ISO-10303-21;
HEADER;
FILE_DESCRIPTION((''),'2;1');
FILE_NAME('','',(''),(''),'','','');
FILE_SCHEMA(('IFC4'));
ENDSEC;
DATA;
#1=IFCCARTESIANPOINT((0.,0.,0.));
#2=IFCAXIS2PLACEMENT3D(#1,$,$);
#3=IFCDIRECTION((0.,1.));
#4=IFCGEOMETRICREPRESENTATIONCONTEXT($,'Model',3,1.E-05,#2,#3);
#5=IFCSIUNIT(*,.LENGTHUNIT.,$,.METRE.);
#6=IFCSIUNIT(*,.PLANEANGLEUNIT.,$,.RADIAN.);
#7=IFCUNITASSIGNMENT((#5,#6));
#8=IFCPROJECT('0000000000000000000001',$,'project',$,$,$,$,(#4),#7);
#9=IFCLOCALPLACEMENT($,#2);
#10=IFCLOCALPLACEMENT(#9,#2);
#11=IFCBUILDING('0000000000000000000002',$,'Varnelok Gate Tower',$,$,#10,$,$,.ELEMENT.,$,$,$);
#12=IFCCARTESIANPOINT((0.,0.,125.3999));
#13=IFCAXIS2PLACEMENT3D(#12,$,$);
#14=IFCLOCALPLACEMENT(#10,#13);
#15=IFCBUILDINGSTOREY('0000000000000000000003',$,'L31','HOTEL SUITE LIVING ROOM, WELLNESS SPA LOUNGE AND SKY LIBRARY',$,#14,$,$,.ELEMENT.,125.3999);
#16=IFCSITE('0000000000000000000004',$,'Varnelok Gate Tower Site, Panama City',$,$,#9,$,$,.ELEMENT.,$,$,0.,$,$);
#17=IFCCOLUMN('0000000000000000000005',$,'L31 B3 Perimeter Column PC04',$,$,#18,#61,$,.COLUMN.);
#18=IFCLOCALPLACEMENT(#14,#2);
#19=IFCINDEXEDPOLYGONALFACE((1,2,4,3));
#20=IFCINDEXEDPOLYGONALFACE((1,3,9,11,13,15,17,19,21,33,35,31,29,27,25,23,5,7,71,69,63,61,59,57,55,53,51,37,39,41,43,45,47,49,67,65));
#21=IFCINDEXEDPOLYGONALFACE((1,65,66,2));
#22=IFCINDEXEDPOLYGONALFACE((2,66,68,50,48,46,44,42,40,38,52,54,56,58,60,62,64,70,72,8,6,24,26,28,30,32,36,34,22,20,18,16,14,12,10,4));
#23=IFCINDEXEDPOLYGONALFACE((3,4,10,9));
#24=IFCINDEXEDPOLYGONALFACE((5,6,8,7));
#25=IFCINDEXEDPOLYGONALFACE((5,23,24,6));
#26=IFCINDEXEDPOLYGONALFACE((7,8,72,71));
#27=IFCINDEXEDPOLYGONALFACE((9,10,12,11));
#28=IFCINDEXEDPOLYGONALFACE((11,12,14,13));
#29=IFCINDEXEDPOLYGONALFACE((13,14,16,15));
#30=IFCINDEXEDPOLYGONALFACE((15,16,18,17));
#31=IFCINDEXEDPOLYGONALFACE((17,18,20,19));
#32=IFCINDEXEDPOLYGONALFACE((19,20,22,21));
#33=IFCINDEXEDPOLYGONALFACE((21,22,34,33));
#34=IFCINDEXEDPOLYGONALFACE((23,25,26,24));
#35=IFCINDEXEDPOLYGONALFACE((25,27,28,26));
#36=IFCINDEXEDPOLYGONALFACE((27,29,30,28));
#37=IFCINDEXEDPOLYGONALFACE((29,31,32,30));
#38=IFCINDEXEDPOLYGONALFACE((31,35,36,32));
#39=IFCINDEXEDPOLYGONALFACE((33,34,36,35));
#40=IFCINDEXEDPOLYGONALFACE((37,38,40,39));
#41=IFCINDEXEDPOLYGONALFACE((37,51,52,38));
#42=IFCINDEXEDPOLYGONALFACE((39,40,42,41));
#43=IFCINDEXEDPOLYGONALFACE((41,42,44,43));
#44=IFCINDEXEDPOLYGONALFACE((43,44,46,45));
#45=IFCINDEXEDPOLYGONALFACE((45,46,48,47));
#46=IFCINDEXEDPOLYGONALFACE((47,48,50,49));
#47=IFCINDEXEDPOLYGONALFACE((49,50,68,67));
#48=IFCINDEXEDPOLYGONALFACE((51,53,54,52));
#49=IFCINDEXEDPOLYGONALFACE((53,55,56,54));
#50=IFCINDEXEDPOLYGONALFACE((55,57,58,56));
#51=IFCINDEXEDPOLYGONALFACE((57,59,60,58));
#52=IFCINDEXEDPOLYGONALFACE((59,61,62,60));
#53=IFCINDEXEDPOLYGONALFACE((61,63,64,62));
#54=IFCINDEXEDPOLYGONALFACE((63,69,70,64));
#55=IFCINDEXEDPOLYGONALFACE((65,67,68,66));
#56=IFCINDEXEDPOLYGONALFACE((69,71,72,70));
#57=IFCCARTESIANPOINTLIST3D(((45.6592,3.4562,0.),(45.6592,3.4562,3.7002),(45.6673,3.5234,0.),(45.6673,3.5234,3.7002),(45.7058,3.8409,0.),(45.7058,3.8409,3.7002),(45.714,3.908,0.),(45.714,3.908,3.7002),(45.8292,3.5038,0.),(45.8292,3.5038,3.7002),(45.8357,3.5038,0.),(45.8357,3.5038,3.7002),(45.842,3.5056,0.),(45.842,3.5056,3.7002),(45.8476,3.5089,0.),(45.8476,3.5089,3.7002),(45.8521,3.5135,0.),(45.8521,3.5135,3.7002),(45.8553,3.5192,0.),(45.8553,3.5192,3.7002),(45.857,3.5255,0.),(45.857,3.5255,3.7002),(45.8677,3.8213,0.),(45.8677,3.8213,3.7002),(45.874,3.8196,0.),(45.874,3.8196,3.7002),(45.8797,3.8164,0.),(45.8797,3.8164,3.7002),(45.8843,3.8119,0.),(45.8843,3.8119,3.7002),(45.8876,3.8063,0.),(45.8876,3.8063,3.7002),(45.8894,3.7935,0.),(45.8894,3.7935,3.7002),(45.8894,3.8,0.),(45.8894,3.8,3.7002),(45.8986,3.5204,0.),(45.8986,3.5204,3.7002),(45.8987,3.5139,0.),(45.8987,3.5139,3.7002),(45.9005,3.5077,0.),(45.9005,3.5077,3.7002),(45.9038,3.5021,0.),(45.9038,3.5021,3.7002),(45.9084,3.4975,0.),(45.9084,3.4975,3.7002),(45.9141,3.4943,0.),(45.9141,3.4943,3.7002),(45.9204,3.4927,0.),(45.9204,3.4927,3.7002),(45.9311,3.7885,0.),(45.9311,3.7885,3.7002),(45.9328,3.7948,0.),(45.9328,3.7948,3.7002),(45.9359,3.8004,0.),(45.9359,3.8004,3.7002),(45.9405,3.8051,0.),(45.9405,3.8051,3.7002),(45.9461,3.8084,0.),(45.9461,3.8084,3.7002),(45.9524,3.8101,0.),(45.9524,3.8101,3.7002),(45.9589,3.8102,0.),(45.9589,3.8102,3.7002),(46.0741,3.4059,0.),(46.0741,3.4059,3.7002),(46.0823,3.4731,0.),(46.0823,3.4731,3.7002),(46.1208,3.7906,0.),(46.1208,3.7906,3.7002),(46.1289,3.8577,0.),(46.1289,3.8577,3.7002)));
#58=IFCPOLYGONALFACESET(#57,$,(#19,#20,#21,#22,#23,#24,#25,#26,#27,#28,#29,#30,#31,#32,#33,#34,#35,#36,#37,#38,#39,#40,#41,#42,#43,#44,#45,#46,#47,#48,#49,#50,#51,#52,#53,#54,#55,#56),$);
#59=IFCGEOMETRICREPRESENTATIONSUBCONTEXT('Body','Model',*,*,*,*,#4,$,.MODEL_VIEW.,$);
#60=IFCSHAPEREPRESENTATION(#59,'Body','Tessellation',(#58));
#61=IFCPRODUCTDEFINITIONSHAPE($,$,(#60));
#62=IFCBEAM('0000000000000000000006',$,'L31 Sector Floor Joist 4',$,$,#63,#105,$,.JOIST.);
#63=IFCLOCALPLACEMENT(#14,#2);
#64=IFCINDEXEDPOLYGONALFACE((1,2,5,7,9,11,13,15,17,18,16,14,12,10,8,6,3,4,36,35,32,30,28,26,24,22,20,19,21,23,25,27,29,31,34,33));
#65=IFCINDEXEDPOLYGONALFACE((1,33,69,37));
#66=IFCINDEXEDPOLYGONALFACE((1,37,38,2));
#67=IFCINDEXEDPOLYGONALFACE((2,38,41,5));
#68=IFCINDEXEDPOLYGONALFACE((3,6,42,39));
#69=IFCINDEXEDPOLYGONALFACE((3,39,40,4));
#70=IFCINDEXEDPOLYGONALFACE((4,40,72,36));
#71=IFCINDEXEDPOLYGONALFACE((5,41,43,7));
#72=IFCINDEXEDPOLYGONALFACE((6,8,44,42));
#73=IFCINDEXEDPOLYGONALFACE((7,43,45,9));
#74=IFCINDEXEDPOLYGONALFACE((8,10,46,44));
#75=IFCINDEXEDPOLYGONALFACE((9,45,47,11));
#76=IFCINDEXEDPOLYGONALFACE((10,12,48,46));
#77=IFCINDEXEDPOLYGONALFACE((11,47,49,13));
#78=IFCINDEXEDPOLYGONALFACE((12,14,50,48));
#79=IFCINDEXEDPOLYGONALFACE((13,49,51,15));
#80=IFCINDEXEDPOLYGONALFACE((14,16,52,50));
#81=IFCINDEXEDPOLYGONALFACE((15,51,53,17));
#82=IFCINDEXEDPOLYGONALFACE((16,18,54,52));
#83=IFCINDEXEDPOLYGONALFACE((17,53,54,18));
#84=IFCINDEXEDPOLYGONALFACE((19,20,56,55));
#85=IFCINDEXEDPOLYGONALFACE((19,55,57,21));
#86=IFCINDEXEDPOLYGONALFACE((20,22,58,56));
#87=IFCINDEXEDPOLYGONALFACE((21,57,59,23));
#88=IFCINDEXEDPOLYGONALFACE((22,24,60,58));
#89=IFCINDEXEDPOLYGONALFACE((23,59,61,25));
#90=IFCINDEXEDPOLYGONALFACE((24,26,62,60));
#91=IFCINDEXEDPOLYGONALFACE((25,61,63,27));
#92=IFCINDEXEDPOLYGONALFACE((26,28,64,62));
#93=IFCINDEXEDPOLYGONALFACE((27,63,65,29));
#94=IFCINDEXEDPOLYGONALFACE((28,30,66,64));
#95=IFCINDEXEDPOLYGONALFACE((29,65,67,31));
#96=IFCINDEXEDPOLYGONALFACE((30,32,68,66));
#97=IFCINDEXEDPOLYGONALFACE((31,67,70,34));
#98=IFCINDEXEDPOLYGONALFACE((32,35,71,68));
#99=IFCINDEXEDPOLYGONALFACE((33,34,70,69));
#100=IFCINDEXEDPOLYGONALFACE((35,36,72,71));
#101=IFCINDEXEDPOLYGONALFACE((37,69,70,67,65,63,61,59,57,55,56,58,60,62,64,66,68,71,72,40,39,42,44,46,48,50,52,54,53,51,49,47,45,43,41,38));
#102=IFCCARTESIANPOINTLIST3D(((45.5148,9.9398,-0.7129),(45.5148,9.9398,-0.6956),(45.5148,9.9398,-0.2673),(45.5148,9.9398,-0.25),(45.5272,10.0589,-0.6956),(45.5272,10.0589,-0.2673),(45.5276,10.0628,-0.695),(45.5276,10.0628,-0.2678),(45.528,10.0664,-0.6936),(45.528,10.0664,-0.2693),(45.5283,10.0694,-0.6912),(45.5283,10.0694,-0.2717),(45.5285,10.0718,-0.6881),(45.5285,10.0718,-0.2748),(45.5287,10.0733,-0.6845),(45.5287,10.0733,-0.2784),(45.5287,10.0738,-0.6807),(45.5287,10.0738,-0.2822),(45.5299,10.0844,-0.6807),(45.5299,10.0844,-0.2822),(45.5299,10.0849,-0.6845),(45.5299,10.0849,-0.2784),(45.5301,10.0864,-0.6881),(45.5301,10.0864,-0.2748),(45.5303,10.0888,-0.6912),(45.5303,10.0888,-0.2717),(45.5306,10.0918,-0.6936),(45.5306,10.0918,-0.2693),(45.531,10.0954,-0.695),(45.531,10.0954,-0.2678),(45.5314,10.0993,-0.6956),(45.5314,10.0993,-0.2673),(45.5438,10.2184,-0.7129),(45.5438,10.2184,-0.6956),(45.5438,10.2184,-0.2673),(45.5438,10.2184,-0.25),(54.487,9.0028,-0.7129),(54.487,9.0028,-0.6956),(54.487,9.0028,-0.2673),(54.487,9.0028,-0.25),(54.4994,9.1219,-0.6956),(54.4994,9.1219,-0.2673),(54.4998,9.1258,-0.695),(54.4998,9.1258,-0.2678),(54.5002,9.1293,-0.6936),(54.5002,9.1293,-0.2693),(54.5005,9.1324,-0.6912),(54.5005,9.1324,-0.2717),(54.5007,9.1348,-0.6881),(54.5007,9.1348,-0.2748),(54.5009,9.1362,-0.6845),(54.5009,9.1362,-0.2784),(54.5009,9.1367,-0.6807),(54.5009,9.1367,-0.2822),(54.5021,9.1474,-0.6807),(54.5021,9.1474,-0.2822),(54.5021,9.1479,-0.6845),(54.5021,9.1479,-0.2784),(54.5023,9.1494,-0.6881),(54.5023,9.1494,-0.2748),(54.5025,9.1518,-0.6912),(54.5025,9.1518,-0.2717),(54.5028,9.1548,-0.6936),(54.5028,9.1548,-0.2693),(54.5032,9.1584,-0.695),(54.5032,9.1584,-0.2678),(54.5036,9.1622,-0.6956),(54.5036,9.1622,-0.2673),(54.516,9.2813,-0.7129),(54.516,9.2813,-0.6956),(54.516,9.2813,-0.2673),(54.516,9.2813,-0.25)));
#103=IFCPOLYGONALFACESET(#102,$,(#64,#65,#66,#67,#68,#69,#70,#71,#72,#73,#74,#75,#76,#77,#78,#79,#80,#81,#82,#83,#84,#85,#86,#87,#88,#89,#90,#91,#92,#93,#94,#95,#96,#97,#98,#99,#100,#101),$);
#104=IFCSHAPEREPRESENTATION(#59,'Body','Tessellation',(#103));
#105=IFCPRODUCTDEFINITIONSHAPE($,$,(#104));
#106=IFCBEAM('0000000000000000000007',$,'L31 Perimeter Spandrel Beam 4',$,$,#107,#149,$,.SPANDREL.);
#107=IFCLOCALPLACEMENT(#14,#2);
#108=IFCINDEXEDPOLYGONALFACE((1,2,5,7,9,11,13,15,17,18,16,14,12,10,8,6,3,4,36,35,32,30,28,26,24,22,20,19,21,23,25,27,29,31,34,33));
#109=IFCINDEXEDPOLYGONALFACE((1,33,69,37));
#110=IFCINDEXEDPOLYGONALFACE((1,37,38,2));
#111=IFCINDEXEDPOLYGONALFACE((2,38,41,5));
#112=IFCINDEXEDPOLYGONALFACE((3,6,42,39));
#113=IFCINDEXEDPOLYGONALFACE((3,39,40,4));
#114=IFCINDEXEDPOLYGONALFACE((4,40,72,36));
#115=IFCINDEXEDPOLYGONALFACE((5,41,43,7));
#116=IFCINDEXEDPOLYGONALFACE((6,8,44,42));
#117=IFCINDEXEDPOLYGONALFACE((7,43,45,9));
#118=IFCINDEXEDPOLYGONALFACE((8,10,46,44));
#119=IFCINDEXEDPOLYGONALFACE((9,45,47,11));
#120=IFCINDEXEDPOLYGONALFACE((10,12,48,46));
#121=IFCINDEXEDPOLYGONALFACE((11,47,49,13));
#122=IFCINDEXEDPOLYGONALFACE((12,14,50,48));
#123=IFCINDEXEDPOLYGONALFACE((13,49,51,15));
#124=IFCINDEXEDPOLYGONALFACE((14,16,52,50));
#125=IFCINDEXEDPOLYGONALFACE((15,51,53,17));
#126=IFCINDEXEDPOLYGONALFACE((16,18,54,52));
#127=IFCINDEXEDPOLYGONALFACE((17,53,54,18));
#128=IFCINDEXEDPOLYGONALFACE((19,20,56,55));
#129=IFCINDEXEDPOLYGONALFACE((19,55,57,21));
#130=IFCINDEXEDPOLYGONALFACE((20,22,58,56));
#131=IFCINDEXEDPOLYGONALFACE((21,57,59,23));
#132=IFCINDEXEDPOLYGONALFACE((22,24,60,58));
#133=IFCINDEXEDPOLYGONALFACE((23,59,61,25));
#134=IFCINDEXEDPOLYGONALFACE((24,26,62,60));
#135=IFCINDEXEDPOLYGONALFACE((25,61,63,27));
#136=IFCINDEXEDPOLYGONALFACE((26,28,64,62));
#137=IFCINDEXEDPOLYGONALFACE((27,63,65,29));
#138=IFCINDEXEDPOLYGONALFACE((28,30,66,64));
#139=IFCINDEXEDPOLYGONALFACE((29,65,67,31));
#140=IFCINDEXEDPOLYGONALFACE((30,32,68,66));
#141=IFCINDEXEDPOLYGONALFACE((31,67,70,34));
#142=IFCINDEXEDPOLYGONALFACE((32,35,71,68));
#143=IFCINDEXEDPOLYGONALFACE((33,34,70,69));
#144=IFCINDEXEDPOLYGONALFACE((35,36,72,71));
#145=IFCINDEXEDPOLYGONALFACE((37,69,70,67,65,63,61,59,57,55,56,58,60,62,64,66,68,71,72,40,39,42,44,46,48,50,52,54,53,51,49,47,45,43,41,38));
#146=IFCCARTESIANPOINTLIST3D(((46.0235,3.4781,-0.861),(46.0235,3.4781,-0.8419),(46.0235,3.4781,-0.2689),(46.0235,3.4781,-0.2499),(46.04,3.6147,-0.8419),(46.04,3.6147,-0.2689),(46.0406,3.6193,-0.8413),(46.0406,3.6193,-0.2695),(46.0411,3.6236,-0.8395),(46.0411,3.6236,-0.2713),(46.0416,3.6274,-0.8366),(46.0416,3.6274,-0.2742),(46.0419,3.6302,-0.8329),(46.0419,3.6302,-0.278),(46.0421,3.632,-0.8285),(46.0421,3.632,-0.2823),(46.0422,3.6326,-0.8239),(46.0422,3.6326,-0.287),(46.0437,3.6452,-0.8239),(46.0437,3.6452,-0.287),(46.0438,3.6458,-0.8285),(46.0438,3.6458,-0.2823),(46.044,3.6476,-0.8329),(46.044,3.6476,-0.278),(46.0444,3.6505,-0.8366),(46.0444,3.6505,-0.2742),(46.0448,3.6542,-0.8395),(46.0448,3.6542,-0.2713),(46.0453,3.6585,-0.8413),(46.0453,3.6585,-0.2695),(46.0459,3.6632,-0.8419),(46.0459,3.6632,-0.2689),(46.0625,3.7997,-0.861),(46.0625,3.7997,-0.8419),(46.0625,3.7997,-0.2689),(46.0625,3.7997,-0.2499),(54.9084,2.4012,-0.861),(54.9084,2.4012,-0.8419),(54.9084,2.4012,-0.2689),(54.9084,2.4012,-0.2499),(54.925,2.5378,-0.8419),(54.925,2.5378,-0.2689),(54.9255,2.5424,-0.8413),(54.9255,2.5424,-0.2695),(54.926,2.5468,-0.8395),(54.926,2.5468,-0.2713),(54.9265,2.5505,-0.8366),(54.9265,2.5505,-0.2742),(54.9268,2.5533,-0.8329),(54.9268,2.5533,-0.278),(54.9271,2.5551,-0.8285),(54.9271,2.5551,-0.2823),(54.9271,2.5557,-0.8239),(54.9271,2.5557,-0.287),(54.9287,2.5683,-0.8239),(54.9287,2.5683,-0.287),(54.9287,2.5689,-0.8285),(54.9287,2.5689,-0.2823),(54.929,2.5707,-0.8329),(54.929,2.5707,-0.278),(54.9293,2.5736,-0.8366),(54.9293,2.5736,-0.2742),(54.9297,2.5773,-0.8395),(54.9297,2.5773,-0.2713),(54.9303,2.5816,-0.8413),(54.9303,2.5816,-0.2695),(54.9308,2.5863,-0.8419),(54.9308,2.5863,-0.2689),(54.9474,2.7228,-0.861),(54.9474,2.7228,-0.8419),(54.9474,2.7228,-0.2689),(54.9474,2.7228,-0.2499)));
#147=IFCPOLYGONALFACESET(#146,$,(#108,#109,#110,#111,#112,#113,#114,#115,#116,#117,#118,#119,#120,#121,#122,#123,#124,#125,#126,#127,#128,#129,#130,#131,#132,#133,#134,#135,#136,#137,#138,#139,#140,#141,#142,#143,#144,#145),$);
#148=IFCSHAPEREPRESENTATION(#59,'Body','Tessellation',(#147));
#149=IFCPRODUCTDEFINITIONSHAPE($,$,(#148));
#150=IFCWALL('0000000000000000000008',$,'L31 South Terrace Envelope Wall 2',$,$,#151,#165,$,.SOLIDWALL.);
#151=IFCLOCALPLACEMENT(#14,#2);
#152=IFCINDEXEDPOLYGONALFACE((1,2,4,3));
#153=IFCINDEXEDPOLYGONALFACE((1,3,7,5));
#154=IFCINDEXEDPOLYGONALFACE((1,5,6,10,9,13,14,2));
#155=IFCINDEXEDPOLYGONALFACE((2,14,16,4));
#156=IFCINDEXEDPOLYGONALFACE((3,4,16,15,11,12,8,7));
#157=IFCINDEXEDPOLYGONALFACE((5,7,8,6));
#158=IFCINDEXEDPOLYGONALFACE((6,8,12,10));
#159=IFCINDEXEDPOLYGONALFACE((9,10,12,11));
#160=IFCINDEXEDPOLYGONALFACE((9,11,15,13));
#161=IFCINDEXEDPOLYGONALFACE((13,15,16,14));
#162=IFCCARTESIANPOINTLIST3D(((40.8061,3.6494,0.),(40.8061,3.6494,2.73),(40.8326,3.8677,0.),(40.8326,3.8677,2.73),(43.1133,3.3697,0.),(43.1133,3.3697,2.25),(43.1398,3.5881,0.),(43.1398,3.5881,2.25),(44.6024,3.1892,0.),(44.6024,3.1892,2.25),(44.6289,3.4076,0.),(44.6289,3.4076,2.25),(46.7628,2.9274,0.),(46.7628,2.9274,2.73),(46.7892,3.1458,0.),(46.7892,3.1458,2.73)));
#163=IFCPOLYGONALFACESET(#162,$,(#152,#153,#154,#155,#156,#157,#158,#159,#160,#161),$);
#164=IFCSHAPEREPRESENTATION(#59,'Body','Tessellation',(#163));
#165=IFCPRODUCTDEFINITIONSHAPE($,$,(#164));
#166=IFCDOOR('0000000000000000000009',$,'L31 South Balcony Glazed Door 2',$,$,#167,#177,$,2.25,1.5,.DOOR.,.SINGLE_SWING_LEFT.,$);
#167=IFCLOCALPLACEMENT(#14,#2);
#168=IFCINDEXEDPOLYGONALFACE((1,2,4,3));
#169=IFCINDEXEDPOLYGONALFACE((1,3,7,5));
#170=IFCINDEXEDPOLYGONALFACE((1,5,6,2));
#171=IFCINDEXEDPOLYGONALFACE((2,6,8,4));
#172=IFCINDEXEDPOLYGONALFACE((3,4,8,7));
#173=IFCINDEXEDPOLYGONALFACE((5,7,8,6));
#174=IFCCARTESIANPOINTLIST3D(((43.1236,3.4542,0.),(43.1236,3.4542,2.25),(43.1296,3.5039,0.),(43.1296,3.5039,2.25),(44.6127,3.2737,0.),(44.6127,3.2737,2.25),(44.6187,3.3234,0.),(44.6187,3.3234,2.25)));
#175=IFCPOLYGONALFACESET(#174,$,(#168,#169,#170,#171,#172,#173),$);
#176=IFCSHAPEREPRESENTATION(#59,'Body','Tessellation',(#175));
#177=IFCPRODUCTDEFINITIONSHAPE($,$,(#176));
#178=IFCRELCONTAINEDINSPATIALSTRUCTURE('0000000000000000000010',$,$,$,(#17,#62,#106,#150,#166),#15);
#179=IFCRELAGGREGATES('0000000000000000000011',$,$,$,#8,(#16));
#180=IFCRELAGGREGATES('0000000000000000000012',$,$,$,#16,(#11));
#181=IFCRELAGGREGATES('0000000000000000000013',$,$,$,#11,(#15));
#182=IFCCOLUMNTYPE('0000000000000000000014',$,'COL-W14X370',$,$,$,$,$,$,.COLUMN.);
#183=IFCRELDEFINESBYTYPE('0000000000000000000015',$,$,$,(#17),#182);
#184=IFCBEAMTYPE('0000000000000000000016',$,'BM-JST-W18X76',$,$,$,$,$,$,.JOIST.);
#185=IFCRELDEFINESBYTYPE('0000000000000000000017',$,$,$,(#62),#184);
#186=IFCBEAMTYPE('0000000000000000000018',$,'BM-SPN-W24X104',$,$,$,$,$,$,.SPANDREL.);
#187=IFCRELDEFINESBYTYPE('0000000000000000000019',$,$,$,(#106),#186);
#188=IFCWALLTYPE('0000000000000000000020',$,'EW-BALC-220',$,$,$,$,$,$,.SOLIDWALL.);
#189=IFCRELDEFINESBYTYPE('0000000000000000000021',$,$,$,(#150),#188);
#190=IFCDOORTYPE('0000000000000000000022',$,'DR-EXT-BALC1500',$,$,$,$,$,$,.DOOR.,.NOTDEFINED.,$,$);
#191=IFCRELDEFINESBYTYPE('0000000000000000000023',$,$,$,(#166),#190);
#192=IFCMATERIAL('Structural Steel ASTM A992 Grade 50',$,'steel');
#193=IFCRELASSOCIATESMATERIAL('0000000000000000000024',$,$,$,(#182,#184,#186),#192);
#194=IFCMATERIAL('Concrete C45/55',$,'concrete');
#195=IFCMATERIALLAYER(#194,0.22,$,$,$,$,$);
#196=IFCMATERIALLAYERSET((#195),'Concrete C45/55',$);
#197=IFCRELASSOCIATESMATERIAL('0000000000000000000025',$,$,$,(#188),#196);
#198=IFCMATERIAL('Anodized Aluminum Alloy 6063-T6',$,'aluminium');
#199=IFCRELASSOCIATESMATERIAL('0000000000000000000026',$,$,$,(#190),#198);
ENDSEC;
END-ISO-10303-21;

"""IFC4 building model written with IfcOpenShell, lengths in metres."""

from ifc_helpers import new_model, si_unit, direction, frame, frame_2d, origin, origin_2d, place, context, subcontext, project, spatial, rectangle, i_section, extrude, material, layer, layer_set, material_profile, profile_set, type_object, element, fill, save


model = new_model("IFC4")

# Units and contexts
model_context = context("Model", 3, precision=1e-05, world=origin(), true_north=direction((0.0, 1.0)))
body_context = subcontext(model_context, "Body", "Model", "MODEL_VIEW")
ifc_project = project(units=[si_unit("LENGTHUNIT", "METRE"), si_unit("PLANEANGLEUNIT", "RADIAN")], contexts=[model_context])

# Site, building, storey
site_placement = place(None, origin())
site = spatial("IfcSite", under=ifc_project, at=site_placement, Name="Varnelok Gate Tower Site, Panama City", CompositionType="ELEMENT", RefElevation=0.0)
building_placement = place(site_placement, origin())
building = spatial("IfcBuilding", under=site, at=building_placement, Name="Varnelok Gate Tower", CompositionType="ELEMENT")
storey_placement = place(building_placement, frame((0.0, 0.0, 125.3999)))
storey = spatial("IfcBuildingStorey", under=building, at=storey_placement, Name="L31", Description="HOTEL SUITE LIVING ROOM, WELLNESS SPA LOUNGE AND SKY LIBRARY", CompositionType="ELEMENT", Elevation=125.3999)

# Column
ifc_material_1 = material(Name="Structural Steel ASTM A992 Grade 50", Category="steel")
ifc_material_profile_1 = material_profile(ifc_material_1, i_section(OverallWidth=0.418, OverallDepth=0.4551, WebThickness=0.042, FlangeThickness=0.0676, FilletRadius=0.0249, at=origin_2d()), Name="W14X370")
ifc_profile_set_1 = profile_set([ifc_material_profile_1], Name="Structural Steel ASTM A992 Grade 50")
column_type = type_object("IfcColumnType", Name="COL-W14X370", PredefinedType="COLUMN", material=ifc_profile_set_1)
column_placement = place(storey_placement, frame((45.894, 3.657, 0.0), z_axis=(0.0, 0.0, 1.0), x_axis=(0.992732, -0.120345, 0.0)))
element("IfcColumn", 1, at=column_placement, inside=storey, type_object=column_type, Name="L31 B3 Perimeter Column PC04", PredefinedType="COLUMN", context=body_context, shape_type="SweptSolid", body=[
    extrude(i_section(OverallWidth=0.418, OverallDepth=0.4551, WebThickness=0.042, FlangeThickness=0.0676, FilletRadius=0.0249, at=origin_2d()), origin(), (0.0, 0.0, 1.0), 3.7002),
])

# Beams
ifc_material_profile_2 = material_profile(ifc_material_1, i_section(OverallWidth=0.28, OverallDepth=0.4629, WebThickness=0.0107, FlangeThickness=0.0173, FilletRadius=0.0149, at=origin_2d()), Name="W18X76")
ifc_profile_set_2 = profile_set([ifc_material_profile_2], Name="Structural Steel ASTM A992 Grade 50")
beam_type_1 = type_object("IfcBeamType", Name="BM-JST-W18X76", PredefinedType="JOIST", material=ifc_profile_set_2)
beam_1_placement = place(storey_placement, frame((45.5293, 10.0791, -0.4814), z_axis=(0.994591, -0.10387, 0.0), x_axis=(0.10387, 0.994591, 0.0)))
element("IfcBeam", 2, at=beam_1_placement, inside=storey, type_object=beam_type_1, Name="L31 Sector Floor Joist 4", PredefinedType="JOIST", context=body_context, shape_type="SweptSolid", body=[
    extrude(i_section(OverallWidth=0.28, OverallDepth=0.4629, WebThickness=0.0107, FlangeThickness=0.0173, FilletRadius=0.0149, at=origin_2d()), origin(), (0.0, 0.0, 1.0), 9.021),
])
ifc_material_profile_3 = material_profile(ifc_material_1, i_section(OverallWidth=0.324, OverallDepth=0.6111, WebThickness=0.0127, FlangeThickness=0.019, FilletRadius=0.0181, at=origin_2d()), Name="W24X104")
ifc_profile_set_3 = profile_set([ifc_material_profile_3], Name="Structural Steel ASTM A992 Grade 50")
beam_type_2 = type_object("IfcBeamType", Name="BM-SPN-W24X104", PredefinedType="SPANDREL", material=ifc_profile_set_3)
beam_2_placement = place(storey_placement, frame((46.043, 3.6389, -0.5554), z_axis=(0.992735, -0.120324, 0.0), x_axis=(0.120324, 0.992735, 0.0)))
element("IfcBeam", 3, at=beam_2_placement, inside=storey, type_object=beam_type_2, Name="L31 Perimeter Spandrel Beam 4", PredefinedType="SPANDREL", context=body_context, shape_type="SweptSolid", body=[
    extrude(i_section(OverallWidth=0.324, OverallDepth=0.6111, WebThickness=0.0127, FlangeThickness=0.019, FilletRadius=0.0181, at=origin_2d()), origin(), (0.0, 0.0, 1.0), 8.95),
])

# Wall, opening, door
ifc_material_2 = material(Name="Concrete C45/55", Category="concrete")
ifc_layer_1 = layer(ifc_material_2, 0.22)
ifc_layer_set_1 = layer_set([ifc_layer_1], Name="Concrete C45/55")
wall_type_1 = type_object("IfcWallType", Name="EW-BALC-220", PredefinedType="SOLIDWALL", material=ifc_layer_set_1)
wall_1_placement = place(storey_placement, frame((46.7759, 3.0366, 0.0), z_axis=(0.0, 0.0, 1.0), x_axis=(-0.992735, 0.120318, 0.0)))
wall_1 = element("IfcWall", 4, at=wall_1_placement, inside=storey, type_object=wall_type_1, Name="L31 South Terrace Envelope Wall 2", PredefinedType="SOLIDWALL", context=body_context, shape_type="SweptSolid", body=[
    extrude(rectangle(XDim=6.0002, YDim=0.22, at=frame_2d((3.0, 0.0))), origin(), (0.0, 0.0, 1.0), 2.73),
])
opening_1_placement = place(wall_1_placement, frame((2.176, 0.0, 0.0)))
opening_1 = element("IfcOpeningElement", 5, at=opening_1_placement, cuts=wall_1, PredefinedType="OPENING", context=body_context, shape_type="SweptSolid", body=[
    extrude(rectangle(XDim=1.5, YDim=2.25, at=frame_2d((0.75, 1.125))), frame((0.0, 0.1199, 0.0), z_axis=(0.0, -1.0, 0.0), x_axis=(1.0, 0.0, 0.0)), (0.0, 0.0, 1.0), 0.24),
])
ifc_material_3 = material(Name="Anodized Aluminum Alloy 6063-T6", Category="aluminium")
door_type_1 = type_object("IfcDoorType", Name="DR-EXT-BALC1500", OperationType="NOTDEFINED", PredefinedType="DOOR", material=ifc_material_3)
door_1_placement = place(opening_1_placement, origin())
door_1 = element("IfcDoor", 6, at=door_1_placement, inside=storey, type_object=door_type_1, Name="L31 South Balcony Glazed Door 2", OperationType="SINGLE_SWING_LEFT", OverallHeight=2.25, OverallWidth=1.5, PredefinedType="DOOR", context=body_context, shape_type="SweptSolid", body=[
    extrude(rectangle(XDim=1.5, YDim=2.25, at=frame_2d((0.75, 1.125))), frame((0.0, 0.0249, 0.0), z_axis=(0.0, -1.0, 0.0), x_axis=(1.0, 0.0, 0.0)), (0.0, 0.0, 1.0), 0.05),
])
fill(opening_1, door_1)

save(model, "model.ifc")
